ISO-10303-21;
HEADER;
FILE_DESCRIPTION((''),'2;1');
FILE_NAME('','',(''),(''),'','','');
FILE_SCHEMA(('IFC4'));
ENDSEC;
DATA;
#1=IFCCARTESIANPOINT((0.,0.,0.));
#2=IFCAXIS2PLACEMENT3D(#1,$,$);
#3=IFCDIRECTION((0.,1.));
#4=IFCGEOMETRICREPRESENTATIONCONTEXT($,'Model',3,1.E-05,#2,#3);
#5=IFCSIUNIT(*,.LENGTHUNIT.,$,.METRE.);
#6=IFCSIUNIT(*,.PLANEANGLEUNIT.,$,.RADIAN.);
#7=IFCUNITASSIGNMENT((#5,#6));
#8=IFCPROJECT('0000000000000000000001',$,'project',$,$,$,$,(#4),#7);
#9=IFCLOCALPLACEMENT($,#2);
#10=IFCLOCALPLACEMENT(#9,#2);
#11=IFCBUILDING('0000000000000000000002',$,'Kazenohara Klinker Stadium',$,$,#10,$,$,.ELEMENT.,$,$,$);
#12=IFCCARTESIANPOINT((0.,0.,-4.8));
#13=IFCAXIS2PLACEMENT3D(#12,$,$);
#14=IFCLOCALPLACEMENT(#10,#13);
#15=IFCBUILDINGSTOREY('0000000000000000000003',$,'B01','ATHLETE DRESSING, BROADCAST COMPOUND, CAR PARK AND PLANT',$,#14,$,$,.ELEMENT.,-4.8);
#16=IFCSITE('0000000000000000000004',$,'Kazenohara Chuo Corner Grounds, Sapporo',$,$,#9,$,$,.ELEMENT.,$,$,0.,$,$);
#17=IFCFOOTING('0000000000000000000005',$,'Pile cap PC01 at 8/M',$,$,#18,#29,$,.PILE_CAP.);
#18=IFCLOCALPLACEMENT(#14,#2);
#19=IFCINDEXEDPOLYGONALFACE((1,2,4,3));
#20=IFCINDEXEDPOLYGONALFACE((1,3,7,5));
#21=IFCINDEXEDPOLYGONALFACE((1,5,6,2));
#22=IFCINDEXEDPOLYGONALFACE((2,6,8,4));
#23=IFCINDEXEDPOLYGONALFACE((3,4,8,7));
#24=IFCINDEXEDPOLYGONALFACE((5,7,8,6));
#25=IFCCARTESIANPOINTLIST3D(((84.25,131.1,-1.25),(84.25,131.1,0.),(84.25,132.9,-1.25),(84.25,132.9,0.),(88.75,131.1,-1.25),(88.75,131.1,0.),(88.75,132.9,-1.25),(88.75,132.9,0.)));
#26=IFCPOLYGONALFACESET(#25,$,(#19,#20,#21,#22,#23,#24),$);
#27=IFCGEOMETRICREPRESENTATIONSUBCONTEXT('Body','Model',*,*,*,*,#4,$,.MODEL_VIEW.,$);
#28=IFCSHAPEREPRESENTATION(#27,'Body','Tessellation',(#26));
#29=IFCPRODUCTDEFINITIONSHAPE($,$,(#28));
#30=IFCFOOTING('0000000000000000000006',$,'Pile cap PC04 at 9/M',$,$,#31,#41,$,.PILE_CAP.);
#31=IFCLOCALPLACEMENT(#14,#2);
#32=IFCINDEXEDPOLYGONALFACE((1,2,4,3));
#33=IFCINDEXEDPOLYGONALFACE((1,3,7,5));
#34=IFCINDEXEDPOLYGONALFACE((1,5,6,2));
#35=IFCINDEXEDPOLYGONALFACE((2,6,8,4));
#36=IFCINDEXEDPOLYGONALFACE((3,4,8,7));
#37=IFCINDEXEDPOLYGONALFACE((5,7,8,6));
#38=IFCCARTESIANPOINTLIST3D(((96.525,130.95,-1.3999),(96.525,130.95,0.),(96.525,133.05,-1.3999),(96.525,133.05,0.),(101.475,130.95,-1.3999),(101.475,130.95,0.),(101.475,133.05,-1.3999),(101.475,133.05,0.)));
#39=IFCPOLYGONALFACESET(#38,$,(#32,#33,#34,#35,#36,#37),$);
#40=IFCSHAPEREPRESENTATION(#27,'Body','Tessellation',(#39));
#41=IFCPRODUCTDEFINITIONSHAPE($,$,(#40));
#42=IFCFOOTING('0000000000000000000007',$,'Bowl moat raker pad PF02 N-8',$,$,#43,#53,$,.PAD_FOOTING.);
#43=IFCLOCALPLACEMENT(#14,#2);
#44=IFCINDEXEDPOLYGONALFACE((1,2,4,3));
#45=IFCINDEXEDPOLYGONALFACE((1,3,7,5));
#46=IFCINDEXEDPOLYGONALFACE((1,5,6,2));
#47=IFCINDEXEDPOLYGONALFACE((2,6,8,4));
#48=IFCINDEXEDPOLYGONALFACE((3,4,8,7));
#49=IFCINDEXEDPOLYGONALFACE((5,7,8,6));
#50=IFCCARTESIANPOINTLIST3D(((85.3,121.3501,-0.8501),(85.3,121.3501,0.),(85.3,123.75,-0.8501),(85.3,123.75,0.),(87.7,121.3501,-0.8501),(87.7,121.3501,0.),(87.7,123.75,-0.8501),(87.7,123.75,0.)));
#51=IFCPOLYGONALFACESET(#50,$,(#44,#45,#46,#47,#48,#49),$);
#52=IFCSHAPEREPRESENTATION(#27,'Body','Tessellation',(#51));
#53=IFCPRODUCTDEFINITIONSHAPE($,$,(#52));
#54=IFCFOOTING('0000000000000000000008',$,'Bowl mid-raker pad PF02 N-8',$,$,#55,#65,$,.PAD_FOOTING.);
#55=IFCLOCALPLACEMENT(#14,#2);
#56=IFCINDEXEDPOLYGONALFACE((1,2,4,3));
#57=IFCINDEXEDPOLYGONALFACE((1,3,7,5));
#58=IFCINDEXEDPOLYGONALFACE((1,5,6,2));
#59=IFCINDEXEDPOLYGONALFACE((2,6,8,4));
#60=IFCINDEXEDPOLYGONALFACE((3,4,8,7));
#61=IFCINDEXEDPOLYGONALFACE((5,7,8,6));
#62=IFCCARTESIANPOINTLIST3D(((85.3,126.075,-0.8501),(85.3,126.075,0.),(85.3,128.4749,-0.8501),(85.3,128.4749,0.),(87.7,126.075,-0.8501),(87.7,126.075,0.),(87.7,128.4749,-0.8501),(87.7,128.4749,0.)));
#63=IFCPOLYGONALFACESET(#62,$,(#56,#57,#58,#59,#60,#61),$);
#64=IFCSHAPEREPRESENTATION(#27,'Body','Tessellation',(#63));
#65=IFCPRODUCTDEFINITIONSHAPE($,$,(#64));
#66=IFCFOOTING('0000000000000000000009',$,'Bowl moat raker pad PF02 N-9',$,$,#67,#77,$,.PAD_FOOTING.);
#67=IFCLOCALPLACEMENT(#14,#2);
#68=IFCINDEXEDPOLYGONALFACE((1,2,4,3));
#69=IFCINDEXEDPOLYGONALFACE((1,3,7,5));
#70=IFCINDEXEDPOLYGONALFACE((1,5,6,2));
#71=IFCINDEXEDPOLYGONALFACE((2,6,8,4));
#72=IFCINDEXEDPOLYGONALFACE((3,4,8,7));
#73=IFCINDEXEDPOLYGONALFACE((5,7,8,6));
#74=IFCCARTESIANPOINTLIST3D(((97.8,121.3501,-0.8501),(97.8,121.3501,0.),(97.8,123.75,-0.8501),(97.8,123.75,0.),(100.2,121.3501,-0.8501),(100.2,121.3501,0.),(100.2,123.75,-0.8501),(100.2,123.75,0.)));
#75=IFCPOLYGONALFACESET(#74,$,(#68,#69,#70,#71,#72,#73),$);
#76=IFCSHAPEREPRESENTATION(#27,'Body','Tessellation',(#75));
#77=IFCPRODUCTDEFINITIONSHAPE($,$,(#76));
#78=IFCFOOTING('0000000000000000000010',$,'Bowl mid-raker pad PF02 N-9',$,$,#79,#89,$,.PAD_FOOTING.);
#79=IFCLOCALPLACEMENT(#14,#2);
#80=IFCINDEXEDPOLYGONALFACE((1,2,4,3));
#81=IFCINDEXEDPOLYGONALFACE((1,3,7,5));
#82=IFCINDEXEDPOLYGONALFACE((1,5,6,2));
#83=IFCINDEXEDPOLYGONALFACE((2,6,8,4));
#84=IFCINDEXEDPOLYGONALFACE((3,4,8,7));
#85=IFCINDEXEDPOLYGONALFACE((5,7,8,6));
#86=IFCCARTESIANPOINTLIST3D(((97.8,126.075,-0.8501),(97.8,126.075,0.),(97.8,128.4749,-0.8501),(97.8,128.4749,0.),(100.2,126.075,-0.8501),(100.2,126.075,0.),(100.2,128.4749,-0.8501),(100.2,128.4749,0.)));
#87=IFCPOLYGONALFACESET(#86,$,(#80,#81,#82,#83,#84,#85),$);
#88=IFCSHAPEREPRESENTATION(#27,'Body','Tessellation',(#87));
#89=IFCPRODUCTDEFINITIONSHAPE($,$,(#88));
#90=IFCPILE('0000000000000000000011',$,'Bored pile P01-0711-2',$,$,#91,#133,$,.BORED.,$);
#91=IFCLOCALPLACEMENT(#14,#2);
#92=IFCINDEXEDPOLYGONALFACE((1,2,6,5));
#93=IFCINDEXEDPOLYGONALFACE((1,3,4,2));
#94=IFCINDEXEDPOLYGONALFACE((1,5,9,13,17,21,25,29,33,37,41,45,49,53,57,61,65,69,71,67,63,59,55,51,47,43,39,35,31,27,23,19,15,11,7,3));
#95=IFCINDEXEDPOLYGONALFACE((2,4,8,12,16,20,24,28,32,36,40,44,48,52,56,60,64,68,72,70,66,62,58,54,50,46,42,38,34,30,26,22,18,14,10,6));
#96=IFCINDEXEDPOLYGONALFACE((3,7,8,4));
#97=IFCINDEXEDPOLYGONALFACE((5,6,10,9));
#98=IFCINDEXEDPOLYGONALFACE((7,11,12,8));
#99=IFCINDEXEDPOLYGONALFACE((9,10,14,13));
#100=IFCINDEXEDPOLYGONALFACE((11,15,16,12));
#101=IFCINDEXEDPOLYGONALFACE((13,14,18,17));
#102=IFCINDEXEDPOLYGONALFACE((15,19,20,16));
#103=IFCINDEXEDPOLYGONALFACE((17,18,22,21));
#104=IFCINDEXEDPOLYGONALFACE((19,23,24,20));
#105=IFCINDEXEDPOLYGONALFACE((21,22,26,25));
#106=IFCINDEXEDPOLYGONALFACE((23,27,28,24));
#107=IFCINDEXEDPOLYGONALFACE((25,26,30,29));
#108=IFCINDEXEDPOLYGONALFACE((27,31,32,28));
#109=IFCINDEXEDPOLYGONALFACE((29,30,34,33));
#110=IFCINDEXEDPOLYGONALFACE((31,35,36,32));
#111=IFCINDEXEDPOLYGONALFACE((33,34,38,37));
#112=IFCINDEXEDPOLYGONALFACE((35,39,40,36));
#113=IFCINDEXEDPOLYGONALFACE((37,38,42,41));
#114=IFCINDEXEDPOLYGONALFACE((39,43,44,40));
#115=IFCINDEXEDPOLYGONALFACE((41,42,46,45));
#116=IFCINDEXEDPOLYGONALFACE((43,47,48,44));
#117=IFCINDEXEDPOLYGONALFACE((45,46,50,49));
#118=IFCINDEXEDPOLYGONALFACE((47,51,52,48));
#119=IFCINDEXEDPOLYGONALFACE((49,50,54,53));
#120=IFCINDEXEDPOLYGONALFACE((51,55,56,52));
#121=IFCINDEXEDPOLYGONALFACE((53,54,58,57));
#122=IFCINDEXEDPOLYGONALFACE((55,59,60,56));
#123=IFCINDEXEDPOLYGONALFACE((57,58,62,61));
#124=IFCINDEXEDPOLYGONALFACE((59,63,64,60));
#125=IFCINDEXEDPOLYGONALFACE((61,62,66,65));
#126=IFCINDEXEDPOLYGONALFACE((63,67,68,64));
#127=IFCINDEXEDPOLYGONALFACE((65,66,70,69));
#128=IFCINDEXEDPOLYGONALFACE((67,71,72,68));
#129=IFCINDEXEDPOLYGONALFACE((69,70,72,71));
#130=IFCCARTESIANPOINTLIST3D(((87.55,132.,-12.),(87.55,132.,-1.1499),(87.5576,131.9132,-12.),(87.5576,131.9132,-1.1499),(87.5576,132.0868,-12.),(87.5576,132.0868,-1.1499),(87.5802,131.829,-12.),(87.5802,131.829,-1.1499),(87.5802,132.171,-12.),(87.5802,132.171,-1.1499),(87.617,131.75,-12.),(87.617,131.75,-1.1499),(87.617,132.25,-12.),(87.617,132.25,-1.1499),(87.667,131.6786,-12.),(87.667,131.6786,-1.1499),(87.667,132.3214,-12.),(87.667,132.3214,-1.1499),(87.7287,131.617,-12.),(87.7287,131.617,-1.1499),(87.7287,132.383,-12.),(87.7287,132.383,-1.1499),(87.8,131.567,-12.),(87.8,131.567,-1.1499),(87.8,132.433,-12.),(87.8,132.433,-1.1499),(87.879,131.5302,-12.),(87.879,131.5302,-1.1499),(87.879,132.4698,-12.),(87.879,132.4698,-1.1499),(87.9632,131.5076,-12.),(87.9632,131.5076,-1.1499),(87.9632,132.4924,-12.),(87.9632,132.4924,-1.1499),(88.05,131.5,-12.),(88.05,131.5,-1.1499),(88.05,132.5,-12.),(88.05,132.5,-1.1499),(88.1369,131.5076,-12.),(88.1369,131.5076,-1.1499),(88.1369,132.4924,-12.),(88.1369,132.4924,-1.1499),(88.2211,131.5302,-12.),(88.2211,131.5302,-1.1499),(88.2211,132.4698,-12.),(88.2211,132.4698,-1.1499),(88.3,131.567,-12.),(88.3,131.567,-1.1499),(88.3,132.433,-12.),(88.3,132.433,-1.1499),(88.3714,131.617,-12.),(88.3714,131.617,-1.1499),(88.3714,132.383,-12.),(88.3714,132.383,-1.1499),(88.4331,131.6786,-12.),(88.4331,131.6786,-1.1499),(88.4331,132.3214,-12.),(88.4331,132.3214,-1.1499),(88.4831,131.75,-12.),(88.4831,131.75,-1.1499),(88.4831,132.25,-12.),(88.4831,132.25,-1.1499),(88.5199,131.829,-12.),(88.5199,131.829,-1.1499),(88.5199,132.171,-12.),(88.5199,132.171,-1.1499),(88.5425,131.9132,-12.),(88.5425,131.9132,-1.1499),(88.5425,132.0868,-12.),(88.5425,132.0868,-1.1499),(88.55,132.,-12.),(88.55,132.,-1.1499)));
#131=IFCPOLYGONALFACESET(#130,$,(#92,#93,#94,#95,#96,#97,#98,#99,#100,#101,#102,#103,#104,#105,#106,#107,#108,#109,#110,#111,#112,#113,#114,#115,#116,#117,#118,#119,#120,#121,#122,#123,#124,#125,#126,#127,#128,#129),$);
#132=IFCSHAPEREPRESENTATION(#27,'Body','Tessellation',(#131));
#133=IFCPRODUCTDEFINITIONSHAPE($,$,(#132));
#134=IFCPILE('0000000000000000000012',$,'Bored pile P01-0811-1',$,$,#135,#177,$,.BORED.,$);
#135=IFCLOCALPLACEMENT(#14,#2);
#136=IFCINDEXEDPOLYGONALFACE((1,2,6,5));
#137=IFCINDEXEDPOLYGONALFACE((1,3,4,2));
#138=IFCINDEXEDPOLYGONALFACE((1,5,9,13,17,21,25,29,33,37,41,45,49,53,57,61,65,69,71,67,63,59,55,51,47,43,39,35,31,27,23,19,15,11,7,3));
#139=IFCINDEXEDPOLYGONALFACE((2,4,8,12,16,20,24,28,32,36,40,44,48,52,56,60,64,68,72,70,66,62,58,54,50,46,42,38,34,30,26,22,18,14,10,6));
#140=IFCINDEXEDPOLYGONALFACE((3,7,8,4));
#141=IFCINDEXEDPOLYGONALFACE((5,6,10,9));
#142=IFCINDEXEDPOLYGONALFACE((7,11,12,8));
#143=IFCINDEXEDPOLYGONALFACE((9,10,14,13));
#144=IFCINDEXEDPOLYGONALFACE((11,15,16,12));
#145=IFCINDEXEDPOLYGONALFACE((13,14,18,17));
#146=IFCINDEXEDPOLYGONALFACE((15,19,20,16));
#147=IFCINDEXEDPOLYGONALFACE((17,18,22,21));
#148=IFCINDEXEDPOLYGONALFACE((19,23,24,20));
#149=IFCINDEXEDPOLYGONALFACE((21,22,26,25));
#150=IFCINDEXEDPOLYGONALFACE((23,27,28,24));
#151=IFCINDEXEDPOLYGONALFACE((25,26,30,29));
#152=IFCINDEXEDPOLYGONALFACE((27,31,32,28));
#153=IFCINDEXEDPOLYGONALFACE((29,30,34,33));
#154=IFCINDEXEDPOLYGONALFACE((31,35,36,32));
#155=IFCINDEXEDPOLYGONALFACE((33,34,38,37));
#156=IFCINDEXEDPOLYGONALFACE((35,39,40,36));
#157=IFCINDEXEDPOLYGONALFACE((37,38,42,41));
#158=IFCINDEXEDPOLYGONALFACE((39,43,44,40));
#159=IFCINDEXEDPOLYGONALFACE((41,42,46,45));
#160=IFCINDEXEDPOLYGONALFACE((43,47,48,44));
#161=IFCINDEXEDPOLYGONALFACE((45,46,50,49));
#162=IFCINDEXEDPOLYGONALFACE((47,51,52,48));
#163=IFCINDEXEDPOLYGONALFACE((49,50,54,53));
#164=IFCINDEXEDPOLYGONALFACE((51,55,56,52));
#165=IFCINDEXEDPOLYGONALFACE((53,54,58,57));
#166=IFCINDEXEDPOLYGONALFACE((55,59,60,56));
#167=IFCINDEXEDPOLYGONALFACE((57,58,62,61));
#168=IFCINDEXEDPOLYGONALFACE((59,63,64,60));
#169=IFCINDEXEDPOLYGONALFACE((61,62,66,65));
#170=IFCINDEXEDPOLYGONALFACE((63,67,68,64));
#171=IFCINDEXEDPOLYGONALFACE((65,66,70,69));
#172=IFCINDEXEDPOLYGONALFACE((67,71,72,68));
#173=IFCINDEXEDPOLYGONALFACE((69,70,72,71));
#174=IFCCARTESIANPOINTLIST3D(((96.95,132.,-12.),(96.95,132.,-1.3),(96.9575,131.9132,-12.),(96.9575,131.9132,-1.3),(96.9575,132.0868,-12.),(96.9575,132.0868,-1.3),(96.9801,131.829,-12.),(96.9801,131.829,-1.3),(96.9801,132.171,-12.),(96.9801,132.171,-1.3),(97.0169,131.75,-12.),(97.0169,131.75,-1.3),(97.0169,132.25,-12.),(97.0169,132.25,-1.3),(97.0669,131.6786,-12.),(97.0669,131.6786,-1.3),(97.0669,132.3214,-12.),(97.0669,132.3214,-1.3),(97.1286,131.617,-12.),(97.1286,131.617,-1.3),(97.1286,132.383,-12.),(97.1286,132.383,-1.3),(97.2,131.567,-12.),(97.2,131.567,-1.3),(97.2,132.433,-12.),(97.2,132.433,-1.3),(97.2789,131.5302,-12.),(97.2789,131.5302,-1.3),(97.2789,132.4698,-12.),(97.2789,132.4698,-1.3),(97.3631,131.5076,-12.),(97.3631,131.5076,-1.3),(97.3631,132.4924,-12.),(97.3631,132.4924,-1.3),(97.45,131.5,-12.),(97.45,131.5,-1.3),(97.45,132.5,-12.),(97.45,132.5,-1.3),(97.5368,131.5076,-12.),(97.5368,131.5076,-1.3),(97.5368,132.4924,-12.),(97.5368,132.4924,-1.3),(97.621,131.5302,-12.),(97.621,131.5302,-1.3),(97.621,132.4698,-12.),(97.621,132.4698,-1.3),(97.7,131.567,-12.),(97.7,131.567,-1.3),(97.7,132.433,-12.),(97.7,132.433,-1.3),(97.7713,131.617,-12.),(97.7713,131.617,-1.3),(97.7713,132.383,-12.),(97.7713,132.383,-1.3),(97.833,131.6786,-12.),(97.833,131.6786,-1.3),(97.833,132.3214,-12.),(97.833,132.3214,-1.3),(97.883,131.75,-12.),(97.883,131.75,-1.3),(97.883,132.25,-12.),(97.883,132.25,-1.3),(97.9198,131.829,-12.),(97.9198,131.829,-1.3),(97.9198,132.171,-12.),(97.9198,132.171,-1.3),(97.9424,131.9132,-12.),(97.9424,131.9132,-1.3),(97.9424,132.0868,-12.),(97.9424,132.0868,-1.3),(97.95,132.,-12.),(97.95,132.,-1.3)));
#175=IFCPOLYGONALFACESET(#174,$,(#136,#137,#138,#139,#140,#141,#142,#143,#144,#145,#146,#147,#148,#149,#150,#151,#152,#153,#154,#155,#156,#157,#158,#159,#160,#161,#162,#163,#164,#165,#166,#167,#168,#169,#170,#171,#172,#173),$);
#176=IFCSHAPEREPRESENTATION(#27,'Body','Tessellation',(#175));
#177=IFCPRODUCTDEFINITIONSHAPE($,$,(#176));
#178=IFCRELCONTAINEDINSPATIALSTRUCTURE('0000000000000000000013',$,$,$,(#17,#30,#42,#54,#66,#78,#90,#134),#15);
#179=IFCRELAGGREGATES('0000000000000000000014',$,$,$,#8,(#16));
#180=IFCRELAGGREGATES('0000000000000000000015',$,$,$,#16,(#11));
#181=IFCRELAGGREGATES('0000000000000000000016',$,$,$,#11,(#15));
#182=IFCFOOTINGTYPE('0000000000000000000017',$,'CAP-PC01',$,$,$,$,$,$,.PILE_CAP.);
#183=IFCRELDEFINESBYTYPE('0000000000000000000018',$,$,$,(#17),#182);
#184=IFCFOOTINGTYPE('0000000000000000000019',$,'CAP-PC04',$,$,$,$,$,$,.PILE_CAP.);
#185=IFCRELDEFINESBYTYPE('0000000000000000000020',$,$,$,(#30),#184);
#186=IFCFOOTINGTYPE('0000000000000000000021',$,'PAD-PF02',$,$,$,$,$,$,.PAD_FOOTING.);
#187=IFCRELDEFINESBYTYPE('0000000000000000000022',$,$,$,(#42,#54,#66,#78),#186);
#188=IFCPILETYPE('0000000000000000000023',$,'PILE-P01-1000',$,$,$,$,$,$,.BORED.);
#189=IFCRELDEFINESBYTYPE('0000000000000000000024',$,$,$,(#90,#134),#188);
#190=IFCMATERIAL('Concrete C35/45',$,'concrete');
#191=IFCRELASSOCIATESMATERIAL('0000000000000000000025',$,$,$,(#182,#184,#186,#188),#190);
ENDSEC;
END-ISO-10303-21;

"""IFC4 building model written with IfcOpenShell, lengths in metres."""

from ifc_helpers import new_model, si_unit, direction, frame, origin, origin_2d, place, context, subcontext, project, spatial, rectangle, circle, extrude, material, material_profile, profile_set, type_object, element, save


model = new_model("IFC4")

# Units and contexts
model_context = context("Model", 3, precision=1e-05, world=origin(), true_north=direction((0.0, 1.0)))
body_context = subcontext(model_context, "Body", "Model", "MODEL_VIEW")
ifc_project = project(units=[si_unit("LENGTHUNIT", "METRE"), si_unit("PLANEANGLEUNIT", "RADIAN")], contexts=[model_context])

# Site, building, storey
site_placement = place(None, origin())
site = spatial("IfcSite", under=ifc_project, at=site_placement, Name="Kazenohara Chuo Corner Grounds, Sapporo", CompositionType="ELEMENT", RefElevation=0.0)
building_placement = place(site_placement, origin())
building = spatial("IfcBuilding", under=site, at=building_placement, Name="Kazenohara Klinker Stadium", CompositionType="ELEMENT")
storey_placement = place(building_placement, frame((0.0, 0.0, -4.8)))
storey = spatial("IfcBuildingStorey", under=building, at=storey_placement, Name="B01", Description="ATHLETE DRESSING, BROADCAST COMPOUND, CAR PARK AND PLANT", CompositionType="ELEMENT", Elevation=-4.8)

# Footings
ifc_material_1 = material(Name="Concrete C35/45", Category="concrete")
footing_type_1 = type_object("IfcFootingType", Name="CAP-PC01", PredefinedType="PILE_CAP", material=ifc_material_1)
footing_1_placement = place(storey_placement, frame((86.5, 132.0, -1.25), z_axis=(0.0, 0.0, 1.0), x_axis=(1.0, 0.0, 0.0)))
element("IfcFooting", 1, at=footing_1_placement, inside=storey, type_object=footing_type_1, Name="Pile cap PC01 at 8/M", PredefinedType="PILE_CAP", context=body_context, shape_type="SweptSolid", body=[
    extrude(rectangle(XDim=4.5, YDim=1.8, at=origin_2d()), origin(), (0.0, 0.0, 1.0), 1.25),
])
footing_type_2 = type_object("IfcFootingType", Name="CAP-PC04", PredefinedType="PILE_CAP", material=ifc_material_1)
footing_2_placement = place(storey_placement, frame((99.0, 132.0, -1.3999), z_axis=(0.0, 0.0, 1.0), x_axis=(1.0, 0.0, 0.0)))
element("IfcFooting", 2, at=footing_2_placement, inside=storey, type_object=footing_type_2, Name="Pile cap PC04 at 9/M", PredefinedType="PILE_CAP", context=body_context, shape_type="SweptSolid", body=[
    extrude(rectangle(XDim=4.95, YDim=2.1001, at=origin_2d()), origin(), (0.0, 0.0, 1.0), 1.3999),
])
footing_type_3 = type_object("IfcFootingType", Name="PAD-PF02", PredefinedType="PAD_FOOTING", material=ifc_material_1)
for number, where, z_axis, x_axis, name in (
    (3, (86.5, 122.55, -0.8501), (0.0, 0.0, 1.0), (1.0, 0.0, 0.0), "Bowl moat raker pad PF02 N-8"),
    (4, (86.5, 127.2749, -0.8501), (0.0, 0.0, 1.0), (1.0, 0.0, 0.0), "Bowl mid-raker pad PF02 N-8"),
    (5, (99.0, 122.55, -0.8501), (0.0, 0.0, 1.0), (1.0, 0.0, 0.0), "Bowl moat raker pad PF02 N-9"),
    (6, (99.0, 127.2749, -0.8501), (0.0, 0.0, 1.0), (1.0, 0.0, 0.0), "Bowl mid-raker pad PF02 N-9"),
):
    element("IfcFooting", number, at=place(storey_placement, frame(where, z_axis=z_axis, x_axis=x_axis)), inside=storey, type_object=footing_type_3, Name=name, PredefinedType="PAD_FOOTING", context=body_context, shape_type="SweptSolid", body=[
        extrude(rectangle(XDim=2.3999, YDim=2.3999, at=origin_2d()), origin(), (0.0, 0.0, 1.0), 0.8501),
    ])

# Piles
ifc_material_profile_1 = material_profile(ifc_material_1, circle(Radius=0.5, at=origin_2d()), Name="BORED-PILE-1000")
ifc_profile_set_1 = profile_set([ifc_material_profile_1], Name="Concrete C35/45")
pile_type = type_object("IfcPileType", Name="PILE-P01-1000", PredefinedType="BORED", material=ifc_profile_set_1)
pile_placement = place(storey_placement, frame((88.05, 132.0, -1.1499), z_axis=(0.0, 0.0, -1.0), x_axis=(1.0, 0.0, 0.0)))
element("IfcPile", 7, at=pile_placement, inside=storey, type_object=pile_type, Name="Bored pile P01-0711-2", PredefinedType="BORED", context=body_context, shape_type="SweptSolid", body=[
    extrude(circle(Radius=0.5, at=origin_2d()), origin(), (0.0, 0.0, 1.0), 10.8501),
])
for number, where, z_axis, x_axis, name in (
    (8, (97.45, 132.0, -1.3), (0.0, 0.0, -1.0), (1.0, 0.0, 0.0), "Bored pile P01-0811-1"),
):
    element("IfcPile", number, at=place(storey_placement, frame(where, z_axis=z_axis, x_axis=x_axis)), inside=storey, type_object=pile_type, Name=name, PredefinedType="BORED", context=body_context, shape_type="SweptSolid", body=[
        extrude(circle(Radius=0.5, at=origin_2d()), origin(), (0.0, 0.0, 1.0), 10.7),
    ])

save(model, "model.ifc")
